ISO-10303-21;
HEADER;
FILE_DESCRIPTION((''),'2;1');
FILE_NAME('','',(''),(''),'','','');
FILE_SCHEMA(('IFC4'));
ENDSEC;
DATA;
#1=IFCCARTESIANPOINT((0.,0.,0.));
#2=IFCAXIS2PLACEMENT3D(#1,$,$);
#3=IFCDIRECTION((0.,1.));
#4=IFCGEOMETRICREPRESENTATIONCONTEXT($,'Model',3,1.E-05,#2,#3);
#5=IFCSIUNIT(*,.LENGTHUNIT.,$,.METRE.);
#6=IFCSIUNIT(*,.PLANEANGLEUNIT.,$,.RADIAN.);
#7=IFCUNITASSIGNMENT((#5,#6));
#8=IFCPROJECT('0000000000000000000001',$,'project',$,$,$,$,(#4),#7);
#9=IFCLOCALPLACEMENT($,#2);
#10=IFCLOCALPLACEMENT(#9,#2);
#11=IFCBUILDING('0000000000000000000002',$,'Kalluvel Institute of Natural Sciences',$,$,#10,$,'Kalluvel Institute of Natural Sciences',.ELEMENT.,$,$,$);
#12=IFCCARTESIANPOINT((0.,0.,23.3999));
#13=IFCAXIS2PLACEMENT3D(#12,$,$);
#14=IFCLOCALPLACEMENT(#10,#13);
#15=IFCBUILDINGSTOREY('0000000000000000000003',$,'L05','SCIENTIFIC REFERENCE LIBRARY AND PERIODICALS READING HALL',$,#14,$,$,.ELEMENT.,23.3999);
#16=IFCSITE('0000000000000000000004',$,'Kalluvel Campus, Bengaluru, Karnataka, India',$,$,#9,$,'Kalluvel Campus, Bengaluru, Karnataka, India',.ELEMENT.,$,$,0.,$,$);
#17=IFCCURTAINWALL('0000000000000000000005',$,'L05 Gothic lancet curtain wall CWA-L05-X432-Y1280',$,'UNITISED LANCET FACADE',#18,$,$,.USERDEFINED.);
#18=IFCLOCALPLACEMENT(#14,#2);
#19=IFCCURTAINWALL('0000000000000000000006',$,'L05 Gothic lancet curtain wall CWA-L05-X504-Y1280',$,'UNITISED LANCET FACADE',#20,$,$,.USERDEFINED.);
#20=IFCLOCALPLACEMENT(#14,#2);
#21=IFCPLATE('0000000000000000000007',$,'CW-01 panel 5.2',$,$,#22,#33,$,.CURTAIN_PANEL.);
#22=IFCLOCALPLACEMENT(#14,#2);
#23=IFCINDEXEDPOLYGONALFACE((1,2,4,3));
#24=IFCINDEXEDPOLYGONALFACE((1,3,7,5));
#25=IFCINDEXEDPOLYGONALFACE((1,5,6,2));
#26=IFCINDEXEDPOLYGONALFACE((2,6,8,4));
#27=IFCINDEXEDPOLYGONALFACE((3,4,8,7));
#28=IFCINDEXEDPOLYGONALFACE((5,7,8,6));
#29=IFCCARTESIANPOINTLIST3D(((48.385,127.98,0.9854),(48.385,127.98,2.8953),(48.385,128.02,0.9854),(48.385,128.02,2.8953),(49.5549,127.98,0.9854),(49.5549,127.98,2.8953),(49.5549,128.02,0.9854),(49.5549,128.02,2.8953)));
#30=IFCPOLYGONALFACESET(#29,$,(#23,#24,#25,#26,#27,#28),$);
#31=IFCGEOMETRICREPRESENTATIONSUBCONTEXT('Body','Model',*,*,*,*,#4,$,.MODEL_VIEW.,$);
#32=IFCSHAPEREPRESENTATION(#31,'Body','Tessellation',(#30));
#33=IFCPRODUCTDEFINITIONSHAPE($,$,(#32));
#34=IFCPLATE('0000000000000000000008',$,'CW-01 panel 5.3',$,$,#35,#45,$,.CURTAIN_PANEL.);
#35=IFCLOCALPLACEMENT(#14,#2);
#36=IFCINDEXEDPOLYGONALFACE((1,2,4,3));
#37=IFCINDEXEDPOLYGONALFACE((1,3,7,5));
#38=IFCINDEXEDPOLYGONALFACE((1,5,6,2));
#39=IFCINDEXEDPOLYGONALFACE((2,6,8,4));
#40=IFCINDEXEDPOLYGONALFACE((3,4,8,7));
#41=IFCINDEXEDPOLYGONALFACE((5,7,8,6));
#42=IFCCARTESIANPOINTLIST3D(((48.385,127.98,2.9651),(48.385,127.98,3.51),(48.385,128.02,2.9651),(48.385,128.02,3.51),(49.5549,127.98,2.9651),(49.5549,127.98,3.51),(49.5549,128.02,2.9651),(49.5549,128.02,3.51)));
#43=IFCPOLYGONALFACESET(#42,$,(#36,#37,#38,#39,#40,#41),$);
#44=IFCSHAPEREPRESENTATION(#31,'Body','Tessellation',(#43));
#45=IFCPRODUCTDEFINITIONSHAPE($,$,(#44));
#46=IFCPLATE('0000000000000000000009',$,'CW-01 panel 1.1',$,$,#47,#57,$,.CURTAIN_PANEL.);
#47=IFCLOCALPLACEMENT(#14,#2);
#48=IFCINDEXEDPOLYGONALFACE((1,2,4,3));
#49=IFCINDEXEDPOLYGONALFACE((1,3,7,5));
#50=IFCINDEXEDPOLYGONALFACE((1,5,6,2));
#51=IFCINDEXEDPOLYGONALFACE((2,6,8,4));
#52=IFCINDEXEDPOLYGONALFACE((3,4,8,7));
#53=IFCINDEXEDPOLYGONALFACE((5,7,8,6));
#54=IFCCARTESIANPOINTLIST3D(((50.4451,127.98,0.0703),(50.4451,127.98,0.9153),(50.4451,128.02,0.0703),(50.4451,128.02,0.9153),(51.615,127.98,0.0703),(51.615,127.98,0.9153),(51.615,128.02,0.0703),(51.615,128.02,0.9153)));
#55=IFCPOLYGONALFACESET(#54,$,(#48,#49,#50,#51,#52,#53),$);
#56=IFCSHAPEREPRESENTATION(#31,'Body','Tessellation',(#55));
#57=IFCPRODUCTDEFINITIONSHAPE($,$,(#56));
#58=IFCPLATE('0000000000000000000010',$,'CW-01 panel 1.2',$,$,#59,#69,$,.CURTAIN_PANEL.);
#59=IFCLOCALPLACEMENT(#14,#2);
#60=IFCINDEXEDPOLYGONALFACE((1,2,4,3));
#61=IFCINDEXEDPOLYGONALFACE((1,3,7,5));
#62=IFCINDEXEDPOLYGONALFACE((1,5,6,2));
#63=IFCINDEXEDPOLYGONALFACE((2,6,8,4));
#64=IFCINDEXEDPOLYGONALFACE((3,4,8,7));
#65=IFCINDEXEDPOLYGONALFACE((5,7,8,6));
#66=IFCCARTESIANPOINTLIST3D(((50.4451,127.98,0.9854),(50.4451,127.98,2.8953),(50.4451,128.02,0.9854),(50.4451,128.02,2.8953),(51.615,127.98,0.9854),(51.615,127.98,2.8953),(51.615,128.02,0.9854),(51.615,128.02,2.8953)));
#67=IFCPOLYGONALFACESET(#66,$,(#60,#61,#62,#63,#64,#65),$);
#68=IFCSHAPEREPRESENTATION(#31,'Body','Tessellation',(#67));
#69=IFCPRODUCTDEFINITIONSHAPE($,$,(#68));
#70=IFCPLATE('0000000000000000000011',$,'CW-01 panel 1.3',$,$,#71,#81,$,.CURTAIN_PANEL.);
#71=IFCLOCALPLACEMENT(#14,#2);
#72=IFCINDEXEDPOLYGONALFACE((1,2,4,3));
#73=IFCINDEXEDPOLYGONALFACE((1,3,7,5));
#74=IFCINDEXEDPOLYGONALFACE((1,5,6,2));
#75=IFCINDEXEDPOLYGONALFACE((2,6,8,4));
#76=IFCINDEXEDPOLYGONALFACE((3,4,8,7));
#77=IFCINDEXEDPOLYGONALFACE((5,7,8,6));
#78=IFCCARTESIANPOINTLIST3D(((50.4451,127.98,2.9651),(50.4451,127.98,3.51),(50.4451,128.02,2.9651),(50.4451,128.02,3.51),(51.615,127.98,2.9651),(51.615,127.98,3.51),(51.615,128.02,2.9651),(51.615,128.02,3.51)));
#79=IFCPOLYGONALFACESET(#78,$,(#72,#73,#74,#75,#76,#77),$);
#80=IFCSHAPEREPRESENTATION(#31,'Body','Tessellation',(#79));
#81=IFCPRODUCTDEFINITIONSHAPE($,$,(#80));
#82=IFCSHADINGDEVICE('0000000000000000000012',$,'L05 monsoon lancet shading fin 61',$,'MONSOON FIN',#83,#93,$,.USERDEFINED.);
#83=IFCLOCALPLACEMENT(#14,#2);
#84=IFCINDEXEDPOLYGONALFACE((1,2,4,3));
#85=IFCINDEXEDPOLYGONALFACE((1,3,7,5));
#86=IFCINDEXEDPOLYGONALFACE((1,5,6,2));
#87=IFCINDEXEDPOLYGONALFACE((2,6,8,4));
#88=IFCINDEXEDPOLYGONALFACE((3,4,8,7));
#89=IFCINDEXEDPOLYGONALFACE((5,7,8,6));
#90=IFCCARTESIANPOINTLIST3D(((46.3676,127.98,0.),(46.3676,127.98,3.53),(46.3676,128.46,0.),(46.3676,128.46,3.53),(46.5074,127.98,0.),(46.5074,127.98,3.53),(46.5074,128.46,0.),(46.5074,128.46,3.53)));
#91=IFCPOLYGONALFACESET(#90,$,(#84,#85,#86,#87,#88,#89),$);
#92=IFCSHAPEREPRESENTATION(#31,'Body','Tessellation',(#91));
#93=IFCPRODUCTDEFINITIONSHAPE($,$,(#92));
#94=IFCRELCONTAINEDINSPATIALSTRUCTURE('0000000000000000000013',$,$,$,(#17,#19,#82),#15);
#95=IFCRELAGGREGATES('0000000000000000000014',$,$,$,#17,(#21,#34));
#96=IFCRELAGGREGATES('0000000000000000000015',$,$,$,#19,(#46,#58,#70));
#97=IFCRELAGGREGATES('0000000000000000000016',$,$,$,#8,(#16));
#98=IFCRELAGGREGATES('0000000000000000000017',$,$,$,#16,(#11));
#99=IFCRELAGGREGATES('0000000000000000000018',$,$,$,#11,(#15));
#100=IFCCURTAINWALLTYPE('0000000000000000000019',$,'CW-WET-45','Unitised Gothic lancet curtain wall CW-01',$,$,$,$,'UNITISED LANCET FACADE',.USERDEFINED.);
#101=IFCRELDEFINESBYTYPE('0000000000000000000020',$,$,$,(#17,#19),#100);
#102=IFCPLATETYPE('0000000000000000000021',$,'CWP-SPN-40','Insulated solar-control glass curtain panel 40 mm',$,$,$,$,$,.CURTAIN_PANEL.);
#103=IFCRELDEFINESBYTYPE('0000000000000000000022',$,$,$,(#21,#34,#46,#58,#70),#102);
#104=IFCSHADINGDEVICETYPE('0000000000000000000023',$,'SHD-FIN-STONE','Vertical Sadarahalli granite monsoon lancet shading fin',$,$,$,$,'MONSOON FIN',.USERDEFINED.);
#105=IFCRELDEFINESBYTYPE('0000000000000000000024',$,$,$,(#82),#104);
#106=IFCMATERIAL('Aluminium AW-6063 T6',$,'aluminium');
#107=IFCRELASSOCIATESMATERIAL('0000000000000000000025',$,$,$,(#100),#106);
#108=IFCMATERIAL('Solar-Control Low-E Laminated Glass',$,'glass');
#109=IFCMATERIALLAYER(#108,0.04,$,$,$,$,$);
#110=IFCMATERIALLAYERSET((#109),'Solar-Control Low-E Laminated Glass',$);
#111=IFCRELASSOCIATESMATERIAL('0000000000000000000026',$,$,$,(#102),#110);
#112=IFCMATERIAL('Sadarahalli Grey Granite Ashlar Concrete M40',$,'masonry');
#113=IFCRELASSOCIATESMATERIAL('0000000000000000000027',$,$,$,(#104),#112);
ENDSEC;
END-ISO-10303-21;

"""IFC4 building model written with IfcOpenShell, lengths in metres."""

from ifc_helpers import new_model, si_unit, direction, frame, origin, origin_2d, place, context, subcontext, project, spatial, rectangle, extrude, material, layer, layer_set, type_object, element, aggregate, save


model = new_model("IFC4")

# Units and contexts
model_context = context("Model", 3, precision=1e-05, world=origin(), true_north=direction((0.0, 1.0)))
body_context = subcontext(model_context, "Body", "Model", "MODEL_VIEW")
ifc_project = project(units=[si_unit("LENGTHUNIT", "METRE"), si_unit("PLANEANGLEUNIT", "RADIAN")], contexts=[model_context])

# Site, building, storey
site_placement = place(None, origin())
site = spatial("IfcSite", under=ifc_project, at=site_placement, Name="Kalluvel Campus, Bengaluru, Karnataka, India", LongName="Kalluvel Campus, Bengaluru, Karnataka, India", CompositionType="ELEMENT", RefElevation=0.0)
building_placement = place(site_placement, origin())
building = spatial("IfcBuilding", under=site, at=building_placement, Name="Kalluvel Institute of Natural Sciences", LongName="Kalluvel Institute of Natural Sciences", CompositionType="ELEMENT")
storey_placement = place(building_placement, frame((0.0, 0.0, 23.3999)))
storey = spatial("IfcBuildingStorey", under=building, at=storey_placement, Name="L05", Description="SCIENTIFIC REFERENCE LIBRARY AND PERIODICALS READING HALL", CompositionType="ELEMENT", Elevation=23.3999)

# Curtain walls
ifc_material_1 = material(Name="Aluminium AW-6063 T6", Category="aluminium")
curtain_wall_type = type_object("IfcCurtainWallType", Name="CW-WET-45", Description="Unitised Gothic lancet curtain wall CW-01", ElementType="UNITISED LANCET FACADE", PredefinedType="USERDEFINED", material=ifc_material_1)
curtain_wall_1_placement = place(storey_placement, origin())
curtain_wall_1 = element("IfcCurtainWall", 1, at=curtain_wall_1_placement, inside=storey, type_object=curtain_wall_type, Name="L05 Gothic lancet curtain wall CWA-L05-X432-Y1280", ObjectType="UNITISED LANCET FACADE", PredefinedType="USERDEFINED")
curtain_wall_2_placement = place(storey_placement, origin())
curtain_wall_2 = element("IfcCurtainWall", 2, at=curtain_wall_2_placement, inside=storey, type_object=curtain_wall_type, Name="L05 Gothic lancet curtain wall CWA-L05-X504-Y1280", ObjectType="UNITISED LANCET FACADE", PredefinedType="USERDEFINED")

# Plates
ifc_material_2 = material(Name="Solar-Control Low-E Laminated Glass", Category="glass")
ifc_layer = layer(ifc_material_2, 0.04)
ifc_layer_set = layer_set([ifc_layer], Name="Solar-Control Low-E Laminated Glass")
plate_type = type_object("IfcPlateType", Name="CWP-SPN-40", Description="Insulated solar-control glass curtain panel 40 mm", PredefinedType="CURTAIN_PANEL", material=ifc_layer_set)
plate_1_placement = place(storey_placement, frame((48.97, 128.0, 0.9854), z_axis=(0.0, 0.0, 1.0), x_axis=(1.0, 0.0, 0.0)))
plate_1 = element("IfcPlate", 3, at=plate_1_placement, type_object=plate_type, Name="CW-01 panel 5.2", PredefinedType="CURTAIN_PANEL", context=body_context, shape_type="SweptSolid", body=[
    extrude(rectangle(XDim=1.1699, YDim=0.04, at=origin_2d()), origin(), (0.0, 0.0, 1.0), 1.9099),
])
plate_2_placement = place(storey_placement, frame((48.97, 128.0, 2.9651), z_axis=(0.0, 0.0, 1.0), x_axis=(1.0, 0.0, 0.0)))
plate_2 = element("IfcPlate", 4, at=plate_2_placement, type_object=plate_type, Name="CW-01 panel 5.3", PredefinedType="CURTAIN_PANEL", context=body_context, shape_type="SweptSolid", body=[
    extrude(rectangle(XDim=1.1699, YDim=0.04, at=origin_2d()), origin(), (0.0, 0.0, 1.0), 0.5449),
])
aggregate(curtain_wall_1, [plate_1, plate_2])
plate_3_placement = place(storey_placement, frame((51.03, 128.0, 0.0703), z_axis=(0.0, 0.0, 1.0), x_axis=(1.0, 0.0, 0.0)))
plate_3 = element("IfcPlate", 5, at=plate_3_placement, type_object=plate_type, Name="CW-01 panel 1.1", PredefinedType="CURTAIN_PANEL", context=body_context, shape_type="SweptSolid", body=[
    extrude(rectangle(XDim=1.1699, YDim=0.04, at=origin_2d()), origin(), (0.0, 0.0, 1.0), 0.845),
])
plate_4_placement = place(storey_placement, frame((51.03, 128.0, 0.9854), z_axis=(0.0, 0.0, 1.0), x_axis=(1.0, 0.0, 0.0)))
plate_4 = element("IfcPlate", 6, at=plate_4_placement, type_object=plate_type, Name="CW-01 panel 1.2", PredefinedType="CURTAIN_PANEL", context=body_context, shape_type="SweptSolid", body=[
    extrude(rectangle(XDim=1.1699, YDim=0.04, at=origin_2d()), origin(), (0.0, 0.0, 1.0), 1.9099),
])
plate_5_placement = place(storey_placement, frame((51.03, 128.0, 2.9651), z_axis=(0.0, 0.0, 1.0), x_axis=(1.0, 0.0, 0.0)))
plate_5 = element("IfcPlate", 7, at=plate_5_placement, type_object=plate_type, Name="CW-01 panel 1.3", PredefinedType="CURTAIN_PANEL", context=body_context, shape_type="SweptSolid", body=[
    extrude(rectangle(XDim=1.1699, YDim=0.04, at=origin_2d()), origin(), (0.0, 0.0, 1.0), 0.5449),
])
aggregate(curtain_wall_2, [plate_3, plate_4, plate_5])

# Shading device
ifc_material_3 = material(Name="Sadarahalli Grey Granite Ashlar Concrete M40", Category="masonry")
shading_device_type = type_object("IfcShadingDeviceType", Name="SHD-FIN-STONE", Description="Vertical Sadarahalli granite monsoon lancet shading fin", ElementType="MONSOON FIN", PredefinedType="USERDEFINED", material=ifc_material_3)
shading_device_placement = place(storey_placement, frame((46.4375, 128.22, 0.0), z_axis=(0.0, 0.0, 1.0), x_axis=(1.0, 0.0, 0.0)))
element("IfcShadingDevice", 8, at=shading_device_placement, inside=storey, type_object=shading_device_type, Name="L05 monsoon lancet shading fin 61", ObjectType="MONSOON FIN", PredefinedType="USERDEFINED", context=body_context, shape_type="SweptSolid", body=[
    extrude(rectangle(XDim=0.1399, YDim=0.48, at=origin_2d()), origin(), (0.0, 0.0, 1.0), 3.53),
])

save(model, "model.ifc")
